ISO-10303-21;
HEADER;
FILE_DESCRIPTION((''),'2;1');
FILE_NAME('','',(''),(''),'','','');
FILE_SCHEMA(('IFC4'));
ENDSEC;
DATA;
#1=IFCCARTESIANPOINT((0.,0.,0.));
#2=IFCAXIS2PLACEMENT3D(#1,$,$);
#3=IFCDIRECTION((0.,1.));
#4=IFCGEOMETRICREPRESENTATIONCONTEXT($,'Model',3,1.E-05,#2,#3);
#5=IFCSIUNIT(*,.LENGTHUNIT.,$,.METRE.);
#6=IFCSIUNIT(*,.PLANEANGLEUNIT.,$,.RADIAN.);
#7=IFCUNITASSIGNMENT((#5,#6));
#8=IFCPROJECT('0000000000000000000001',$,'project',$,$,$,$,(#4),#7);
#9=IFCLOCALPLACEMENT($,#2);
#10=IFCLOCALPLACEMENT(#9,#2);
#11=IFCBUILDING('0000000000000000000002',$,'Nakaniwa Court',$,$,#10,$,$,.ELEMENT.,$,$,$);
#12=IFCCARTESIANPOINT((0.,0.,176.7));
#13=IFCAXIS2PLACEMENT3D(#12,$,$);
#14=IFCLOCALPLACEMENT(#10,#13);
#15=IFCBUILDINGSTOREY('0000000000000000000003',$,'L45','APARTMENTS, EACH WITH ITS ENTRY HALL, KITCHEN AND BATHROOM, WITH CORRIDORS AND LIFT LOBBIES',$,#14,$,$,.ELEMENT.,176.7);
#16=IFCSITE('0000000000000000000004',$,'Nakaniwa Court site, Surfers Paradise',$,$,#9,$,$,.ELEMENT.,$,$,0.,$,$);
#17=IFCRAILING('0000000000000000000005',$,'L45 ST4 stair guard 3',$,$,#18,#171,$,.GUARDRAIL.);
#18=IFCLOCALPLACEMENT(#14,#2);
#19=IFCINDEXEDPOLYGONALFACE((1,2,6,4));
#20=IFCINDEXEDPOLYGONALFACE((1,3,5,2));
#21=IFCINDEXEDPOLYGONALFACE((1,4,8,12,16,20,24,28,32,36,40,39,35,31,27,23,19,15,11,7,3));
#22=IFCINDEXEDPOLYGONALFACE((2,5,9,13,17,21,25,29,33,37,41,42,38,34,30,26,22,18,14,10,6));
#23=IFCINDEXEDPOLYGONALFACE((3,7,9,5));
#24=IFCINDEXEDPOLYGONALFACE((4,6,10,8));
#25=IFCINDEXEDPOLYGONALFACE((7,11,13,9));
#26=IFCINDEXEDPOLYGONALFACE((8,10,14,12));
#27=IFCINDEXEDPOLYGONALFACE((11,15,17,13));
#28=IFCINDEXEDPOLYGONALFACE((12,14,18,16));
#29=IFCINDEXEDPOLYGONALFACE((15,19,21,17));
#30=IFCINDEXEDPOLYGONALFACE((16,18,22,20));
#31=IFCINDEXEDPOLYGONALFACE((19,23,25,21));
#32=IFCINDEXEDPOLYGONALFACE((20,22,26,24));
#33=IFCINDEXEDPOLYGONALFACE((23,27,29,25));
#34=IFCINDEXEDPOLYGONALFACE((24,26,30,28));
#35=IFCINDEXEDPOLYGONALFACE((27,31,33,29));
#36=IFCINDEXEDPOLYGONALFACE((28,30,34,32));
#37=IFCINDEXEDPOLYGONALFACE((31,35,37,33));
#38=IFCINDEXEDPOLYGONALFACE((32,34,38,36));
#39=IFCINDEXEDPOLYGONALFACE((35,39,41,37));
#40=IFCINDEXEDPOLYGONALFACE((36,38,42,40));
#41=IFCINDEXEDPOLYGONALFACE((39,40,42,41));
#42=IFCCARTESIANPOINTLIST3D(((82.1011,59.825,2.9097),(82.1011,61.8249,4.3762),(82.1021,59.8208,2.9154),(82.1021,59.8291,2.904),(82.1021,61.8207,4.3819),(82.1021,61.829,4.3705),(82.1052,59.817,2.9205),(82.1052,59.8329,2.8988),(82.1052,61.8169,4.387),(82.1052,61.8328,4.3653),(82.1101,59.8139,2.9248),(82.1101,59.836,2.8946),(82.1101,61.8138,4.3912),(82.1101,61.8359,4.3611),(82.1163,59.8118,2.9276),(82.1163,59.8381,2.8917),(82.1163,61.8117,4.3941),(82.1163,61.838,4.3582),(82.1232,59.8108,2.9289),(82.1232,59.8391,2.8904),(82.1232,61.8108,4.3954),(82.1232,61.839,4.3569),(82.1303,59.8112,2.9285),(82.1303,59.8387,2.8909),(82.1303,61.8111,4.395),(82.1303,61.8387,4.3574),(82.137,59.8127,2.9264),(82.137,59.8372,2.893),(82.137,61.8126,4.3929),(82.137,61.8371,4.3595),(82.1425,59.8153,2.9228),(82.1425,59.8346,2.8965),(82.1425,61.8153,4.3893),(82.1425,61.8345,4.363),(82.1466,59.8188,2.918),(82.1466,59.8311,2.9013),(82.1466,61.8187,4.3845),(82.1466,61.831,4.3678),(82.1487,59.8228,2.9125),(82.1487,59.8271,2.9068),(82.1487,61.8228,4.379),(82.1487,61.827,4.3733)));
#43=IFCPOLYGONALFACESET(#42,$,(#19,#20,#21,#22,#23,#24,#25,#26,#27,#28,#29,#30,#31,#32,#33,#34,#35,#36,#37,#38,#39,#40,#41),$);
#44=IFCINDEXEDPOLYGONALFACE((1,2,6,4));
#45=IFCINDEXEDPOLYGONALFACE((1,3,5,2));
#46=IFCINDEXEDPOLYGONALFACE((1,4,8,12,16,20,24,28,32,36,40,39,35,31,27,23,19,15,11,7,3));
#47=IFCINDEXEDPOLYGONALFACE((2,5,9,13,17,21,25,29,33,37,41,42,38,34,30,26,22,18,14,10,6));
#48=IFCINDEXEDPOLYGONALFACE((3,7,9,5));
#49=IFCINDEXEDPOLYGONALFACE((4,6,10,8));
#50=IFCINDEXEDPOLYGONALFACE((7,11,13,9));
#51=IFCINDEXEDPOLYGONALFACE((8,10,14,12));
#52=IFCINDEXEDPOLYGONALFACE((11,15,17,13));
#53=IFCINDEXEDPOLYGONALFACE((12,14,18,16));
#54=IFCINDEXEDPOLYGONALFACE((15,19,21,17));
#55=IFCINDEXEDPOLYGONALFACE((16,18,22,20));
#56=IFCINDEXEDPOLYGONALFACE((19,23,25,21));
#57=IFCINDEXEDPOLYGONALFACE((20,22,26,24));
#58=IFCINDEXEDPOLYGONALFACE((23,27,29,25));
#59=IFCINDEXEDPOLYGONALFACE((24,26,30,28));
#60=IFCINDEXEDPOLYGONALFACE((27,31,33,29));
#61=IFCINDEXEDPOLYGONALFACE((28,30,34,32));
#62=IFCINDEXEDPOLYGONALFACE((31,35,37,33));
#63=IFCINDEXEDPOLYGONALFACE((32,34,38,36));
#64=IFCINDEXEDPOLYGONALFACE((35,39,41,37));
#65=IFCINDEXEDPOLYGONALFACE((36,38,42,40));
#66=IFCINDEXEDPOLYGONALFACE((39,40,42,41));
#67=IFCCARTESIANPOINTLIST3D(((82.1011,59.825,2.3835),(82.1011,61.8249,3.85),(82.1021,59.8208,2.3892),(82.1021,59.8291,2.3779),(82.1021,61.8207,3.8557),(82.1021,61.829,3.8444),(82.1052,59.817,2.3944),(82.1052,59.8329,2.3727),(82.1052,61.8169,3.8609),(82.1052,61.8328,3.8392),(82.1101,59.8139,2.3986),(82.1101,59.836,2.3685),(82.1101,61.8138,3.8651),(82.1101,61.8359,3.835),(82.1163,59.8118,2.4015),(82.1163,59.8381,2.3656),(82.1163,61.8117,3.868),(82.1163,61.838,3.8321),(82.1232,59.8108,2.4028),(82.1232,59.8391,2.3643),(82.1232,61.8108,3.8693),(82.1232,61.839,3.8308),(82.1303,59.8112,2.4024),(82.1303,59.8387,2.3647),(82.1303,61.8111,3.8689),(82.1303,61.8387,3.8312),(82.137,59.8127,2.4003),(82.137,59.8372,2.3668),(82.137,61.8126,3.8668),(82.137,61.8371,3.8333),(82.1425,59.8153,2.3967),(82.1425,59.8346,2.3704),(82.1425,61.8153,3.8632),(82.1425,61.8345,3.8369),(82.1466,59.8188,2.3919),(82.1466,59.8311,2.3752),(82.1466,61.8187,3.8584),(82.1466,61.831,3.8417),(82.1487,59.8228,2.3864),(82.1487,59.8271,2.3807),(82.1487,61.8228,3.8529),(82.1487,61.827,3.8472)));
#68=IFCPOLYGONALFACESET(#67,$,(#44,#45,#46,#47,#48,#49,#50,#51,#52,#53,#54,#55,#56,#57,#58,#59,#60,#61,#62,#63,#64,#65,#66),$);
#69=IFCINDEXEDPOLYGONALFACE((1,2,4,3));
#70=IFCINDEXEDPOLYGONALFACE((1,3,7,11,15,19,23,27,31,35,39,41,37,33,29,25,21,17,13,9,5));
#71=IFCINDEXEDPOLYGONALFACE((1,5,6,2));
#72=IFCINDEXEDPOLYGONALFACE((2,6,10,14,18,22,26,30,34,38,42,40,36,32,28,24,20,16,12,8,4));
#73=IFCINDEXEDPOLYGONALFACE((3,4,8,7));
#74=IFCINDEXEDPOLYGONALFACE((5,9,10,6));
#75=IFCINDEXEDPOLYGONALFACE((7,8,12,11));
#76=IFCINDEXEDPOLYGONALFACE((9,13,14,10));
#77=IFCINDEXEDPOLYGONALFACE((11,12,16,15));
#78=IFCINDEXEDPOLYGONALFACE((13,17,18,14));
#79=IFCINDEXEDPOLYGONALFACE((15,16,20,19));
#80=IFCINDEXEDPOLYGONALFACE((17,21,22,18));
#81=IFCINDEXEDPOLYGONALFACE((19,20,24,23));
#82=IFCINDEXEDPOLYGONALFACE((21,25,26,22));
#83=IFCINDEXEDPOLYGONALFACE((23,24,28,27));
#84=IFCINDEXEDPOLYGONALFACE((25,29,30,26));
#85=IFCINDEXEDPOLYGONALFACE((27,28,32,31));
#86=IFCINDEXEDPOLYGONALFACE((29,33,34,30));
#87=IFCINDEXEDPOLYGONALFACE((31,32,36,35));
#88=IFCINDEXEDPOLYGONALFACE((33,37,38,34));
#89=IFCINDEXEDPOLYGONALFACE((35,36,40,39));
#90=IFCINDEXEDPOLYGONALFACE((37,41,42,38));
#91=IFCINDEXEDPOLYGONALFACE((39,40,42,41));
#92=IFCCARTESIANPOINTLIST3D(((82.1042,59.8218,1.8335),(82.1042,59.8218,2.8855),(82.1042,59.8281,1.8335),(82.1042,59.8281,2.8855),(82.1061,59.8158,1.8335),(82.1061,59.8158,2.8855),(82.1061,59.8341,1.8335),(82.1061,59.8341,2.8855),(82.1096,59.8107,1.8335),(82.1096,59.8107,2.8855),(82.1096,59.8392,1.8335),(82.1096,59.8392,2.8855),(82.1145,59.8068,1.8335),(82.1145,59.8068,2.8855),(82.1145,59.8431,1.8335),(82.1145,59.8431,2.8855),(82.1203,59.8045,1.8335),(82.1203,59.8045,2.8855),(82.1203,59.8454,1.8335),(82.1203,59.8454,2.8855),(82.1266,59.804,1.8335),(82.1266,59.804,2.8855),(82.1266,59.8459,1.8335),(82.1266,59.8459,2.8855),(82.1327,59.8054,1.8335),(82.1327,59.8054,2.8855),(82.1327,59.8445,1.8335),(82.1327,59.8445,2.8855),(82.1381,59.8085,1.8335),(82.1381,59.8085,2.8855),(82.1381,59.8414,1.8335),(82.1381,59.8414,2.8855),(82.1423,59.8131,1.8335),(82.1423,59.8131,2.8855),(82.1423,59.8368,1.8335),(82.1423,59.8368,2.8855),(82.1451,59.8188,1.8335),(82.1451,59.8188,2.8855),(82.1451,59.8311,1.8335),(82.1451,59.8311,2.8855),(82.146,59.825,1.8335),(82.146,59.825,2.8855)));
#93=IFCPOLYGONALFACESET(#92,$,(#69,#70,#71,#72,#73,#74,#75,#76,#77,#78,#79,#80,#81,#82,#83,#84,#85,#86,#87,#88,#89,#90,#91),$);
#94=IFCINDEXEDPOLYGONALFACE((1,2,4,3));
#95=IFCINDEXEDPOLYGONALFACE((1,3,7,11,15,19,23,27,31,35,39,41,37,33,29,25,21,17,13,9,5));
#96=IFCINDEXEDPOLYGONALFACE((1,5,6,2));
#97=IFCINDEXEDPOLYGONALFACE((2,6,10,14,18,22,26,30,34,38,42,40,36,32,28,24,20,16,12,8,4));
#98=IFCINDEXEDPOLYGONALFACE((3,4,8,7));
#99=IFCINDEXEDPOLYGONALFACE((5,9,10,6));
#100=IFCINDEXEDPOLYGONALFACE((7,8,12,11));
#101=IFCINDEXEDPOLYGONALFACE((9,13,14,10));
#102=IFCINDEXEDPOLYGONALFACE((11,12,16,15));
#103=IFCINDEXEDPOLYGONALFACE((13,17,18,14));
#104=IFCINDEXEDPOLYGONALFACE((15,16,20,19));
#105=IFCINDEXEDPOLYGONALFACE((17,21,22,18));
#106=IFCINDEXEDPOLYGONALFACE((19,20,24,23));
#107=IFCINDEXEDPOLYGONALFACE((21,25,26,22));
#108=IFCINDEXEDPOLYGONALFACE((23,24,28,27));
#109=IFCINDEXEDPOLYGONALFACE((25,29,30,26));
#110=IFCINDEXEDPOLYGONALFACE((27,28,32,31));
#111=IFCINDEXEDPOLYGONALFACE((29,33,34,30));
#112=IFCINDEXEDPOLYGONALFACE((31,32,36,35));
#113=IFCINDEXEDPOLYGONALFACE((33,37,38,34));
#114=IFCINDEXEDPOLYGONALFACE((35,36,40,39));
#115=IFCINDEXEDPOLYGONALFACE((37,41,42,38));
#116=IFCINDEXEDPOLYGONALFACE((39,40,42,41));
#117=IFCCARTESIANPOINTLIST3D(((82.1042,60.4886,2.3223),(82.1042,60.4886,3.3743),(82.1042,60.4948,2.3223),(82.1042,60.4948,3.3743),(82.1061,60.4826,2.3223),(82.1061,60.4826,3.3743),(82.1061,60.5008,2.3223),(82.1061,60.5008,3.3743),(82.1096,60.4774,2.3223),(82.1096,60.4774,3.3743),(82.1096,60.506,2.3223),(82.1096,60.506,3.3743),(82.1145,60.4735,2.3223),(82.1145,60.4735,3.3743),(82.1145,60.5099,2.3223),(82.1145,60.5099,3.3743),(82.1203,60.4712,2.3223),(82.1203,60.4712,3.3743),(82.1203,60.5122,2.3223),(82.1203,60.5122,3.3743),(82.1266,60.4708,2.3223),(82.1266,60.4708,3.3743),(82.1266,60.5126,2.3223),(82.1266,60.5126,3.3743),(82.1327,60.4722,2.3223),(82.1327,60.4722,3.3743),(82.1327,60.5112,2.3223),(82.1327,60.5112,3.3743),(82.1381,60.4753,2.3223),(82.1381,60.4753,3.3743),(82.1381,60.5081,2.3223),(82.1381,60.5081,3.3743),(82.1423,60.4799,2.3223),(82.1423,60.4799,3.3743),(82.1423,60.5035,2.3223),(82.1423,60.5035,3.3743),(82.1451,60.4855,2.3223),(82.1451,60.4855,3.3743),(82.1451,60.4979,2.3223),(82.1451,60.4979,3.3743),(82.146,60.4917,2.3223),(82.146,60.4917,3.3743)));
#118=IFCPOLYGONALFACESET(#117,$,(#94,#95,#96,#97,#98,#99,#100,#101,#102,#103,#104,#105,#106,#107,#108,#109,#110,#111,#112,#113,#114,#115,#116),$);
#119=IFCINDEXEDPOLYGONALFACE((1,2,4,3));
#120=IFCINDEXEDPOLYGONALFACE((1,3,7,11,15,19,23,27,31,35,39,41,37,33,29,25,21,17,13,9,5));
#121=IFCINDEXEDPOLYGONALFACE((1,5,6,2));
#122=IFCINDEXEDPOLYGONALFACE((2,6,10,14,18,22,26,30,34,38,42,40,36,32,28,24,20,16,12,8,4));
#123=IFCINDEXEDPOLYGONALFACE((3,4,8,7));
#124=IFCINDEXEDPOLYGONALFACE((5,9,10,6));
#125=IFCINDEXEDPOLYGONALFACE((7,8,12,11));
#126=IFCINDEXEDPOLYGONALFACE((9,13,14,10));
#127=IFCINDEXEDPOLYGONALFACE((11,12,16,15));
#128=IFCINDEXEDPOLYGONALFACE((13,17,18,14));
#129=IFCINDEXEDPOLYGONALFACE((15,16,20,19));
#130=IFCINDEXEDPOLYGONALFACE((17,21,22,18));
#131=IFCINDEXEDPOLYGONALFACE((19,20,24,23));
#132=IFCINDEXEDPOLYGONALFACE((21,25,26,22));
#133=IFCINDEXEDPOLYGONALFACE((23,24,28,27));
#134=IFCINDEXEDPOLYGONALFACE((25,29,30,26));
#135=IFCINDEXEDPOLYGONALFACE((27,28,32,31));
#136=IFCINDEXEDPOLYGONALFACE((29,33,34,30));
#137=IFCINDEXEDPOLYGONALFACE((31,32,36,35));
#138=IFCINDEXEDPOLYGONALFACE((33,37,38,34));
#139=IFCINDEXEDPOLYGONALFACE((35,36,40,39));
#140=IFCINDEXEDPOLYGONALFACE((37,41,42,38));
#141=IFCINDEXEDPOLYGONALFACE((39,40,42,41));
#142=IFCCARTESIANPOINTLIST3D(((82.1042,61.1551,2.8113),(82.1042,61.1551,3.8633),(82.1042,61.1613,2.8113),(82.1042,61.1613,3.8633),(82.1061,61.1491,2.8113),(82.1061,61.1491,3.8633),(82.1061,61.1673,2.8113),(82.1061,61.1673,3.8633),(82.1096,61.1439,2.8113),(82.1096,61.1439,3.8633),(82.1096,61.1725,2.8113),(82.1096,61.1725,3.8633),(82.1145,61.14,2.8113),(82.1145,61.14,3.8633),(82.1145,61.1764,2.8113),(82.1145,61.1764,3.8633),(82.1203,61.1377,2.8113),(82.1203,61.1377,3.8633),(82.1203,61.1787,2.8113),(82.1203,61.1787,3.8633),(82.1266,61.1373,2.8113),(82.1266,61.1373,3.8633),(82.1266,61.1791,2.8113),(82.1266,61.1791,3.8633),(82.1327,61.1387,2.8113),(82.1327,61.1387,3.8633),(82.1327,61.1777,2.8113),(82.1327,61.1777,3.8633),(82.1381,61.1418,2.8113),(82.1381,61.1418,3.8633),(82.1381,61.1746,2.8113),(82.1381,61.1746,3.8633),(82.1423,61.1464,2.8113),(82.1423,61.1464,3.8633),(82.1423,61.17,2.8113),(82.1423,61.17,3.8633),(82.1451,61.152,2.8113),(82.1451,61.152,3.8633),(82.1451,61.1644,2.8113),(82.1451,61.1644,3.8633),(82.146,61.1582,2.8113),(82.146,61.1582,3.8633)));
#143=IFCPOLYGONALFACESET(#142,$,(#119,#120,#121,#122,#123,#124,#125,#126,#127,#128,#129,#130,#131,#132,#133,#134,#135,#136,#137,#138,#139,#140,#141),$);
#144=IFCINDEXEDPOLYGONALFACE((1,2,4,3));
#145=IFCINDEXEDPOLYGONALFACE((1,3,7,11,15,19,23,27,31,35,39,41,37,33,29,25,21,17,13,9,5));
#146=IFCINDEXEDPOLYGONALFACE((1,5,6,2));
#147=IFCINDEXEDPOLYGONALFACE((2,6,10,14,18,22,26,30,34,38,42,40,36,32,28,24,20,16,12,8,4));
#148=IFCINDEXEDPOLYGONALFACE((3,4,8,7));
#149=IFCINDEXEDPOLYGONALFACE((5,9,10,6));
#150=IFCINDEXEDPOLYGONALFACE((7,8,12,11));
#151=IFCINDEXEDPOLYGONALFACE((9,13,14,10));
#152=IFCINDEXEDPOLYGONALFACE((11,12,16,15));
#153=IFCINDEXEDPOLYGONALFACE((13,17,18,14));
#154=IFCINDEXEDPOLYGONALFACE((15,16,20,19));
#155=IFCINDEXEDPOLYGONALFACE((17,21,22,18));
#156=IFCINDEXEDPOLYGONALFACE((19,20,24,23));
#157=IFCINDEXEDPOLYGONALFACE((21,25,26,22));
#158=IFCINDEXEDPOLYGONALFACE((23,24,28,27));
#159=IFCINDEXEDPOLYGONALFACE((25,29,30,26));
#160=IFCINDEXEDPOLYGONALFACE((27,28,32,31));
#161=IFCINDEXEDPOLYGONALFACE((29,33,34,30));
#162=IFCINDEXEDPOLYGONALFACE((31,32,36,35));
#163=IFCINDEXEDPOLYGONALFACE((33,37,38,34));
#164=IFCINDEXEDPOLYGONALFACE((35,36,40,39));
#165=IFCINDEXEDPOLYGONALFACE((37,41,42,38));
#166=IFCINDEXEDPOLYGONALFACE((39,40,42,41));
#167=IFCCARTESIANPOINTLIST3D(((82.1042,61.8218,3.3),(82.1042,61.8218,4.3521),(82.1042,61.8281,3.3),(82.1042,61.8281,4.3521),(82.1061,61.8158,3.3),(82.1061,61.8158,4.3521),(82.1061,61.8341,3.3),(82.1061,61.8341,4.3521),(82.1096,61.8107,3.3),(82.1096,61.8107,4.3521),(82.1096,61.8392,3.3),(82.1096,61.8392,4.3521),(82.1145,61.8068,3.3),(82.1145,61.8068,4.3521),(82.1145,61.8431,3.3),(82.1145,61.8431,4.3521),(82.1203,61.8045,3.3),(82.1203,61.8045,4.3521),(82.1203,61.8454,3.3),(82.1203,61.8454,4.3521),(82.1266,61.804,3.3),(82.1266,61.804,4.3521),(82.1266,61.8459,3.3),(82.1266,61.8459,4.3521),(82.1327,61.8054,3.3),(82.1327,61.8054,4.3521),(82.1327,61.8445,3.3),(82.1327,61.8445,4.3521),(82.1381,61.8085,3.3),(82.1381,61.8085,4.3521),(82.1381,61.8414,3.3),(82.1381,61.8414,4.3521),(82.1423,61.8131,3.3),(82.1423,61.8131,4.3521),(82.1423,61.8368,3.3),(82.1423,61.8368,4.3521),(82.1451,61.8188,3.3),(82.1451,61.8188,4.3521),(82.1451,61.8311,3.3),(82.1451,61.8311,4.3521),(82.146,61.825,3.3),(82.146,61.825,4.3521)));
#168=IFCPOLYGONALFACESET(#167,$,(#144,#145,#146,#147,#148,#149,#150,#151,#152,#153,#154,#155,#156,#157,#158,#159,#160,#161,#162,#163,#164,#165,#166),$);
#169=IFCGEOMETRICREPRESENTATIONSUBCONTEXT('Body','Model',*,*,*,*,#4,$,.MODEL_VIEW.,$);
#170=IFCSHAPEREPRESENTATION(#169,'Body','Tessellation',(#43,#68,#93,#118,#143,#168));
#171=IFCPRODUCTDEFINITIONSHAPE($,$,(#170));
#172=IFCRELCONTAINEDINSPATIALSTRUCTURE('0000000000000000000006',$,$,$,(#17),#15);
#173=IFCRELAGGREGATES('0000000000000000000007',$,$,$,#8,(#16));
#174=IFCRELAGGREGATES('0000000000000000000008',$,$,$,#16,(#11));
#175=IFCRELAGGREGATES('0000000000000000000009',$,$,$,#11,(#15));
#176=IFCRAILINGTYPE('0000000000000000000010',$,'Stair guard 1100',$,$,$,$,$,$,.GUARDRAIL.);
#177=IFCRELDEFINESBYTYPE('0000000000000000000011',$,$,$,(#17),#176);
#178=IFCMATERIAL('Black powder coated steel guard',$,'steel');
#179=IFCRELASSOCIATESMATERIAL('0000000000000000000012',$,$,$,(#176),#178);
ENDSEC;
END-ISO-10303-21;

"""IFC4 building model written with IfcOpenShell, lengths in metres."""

from ifc_helpers import new_model, si_unit, direction, frame, origin, origin_2d, place, context, subcontext, project, spatial, circle, extrude, material, type_object, element, save


model = new_model("IFC4")

# Units and contexts
model_context = context("Model", 3, precision=1e-05, world=origin(), true_north=direction((0.0, 1.0)))
body_context = subcontext(model_context, "Body", "Model", "MODEL_VIEW")
ifc_project = project(units=[si_unit("LENGTHUNIT", "METRE"), si_unit("PLANEANGLEUNIT", "RADIAN")], contexts=[model_context])

# Site, building, storey
site_placement = place(None, origin())
site = spatial("IfcSite", under=ifc_project, at=site_placement, Name="Nakaniwa Court site, Surfers Paradise", CompositionType="ELEMENT", RefElevation=0.0)
building_placement = place(site_placement, origin())
building = spatial("IfcBuilding", under=site, at=building_placement, Name="Nakaniwa Court", CompositionType="ELEMENT")
storey_placement = place(building_placement, frame((0.0, 0.0, 176.7)))
storey = spatial("IfcBuildingStorey", under=building, at=storey_placement, Name="L45", Description="APARTMENTS, EACH WITH ITS ENTRY HALL, KITCHEN AND BATHROOM, WITH CORRIDORS AND LIFT LOBBIES", CompositionType="ELEMENT", Elevation=176.7)

# Railing
ifc_material_1 = material(Name="Black powder coated steel guard", Category="steel")
railing_type_1 = type_object("IfcRailingType", Name="Stair guard 1100", PredefinedType="GUARDRAIL", material=ifc_material_1)
railing_1_placement = place(storey_placement, frame((82.125, 59.825, 1.8335)))
element("IfcRailing", 1, at=railing_1_placement, inside=storey, type_object=railing_type_1, Name="L45 ST4 stair guard 3", PredefinedType="GUARDRAIL", context=body_context, shape_type="SweptSolid", body=[
    extrude(circle(Radius=0.0239, at=origin_2d()), frame((0.0, 0.0, 1.0762), z_axis=(0.0, 0.806427, 0.591334), x_axis=(-1.0, 0.0, 0.0)), (0.0, 0.0, 1.0), 2.48),
    extrude(circle(Radius=0.0239, at=origin_2d()), frame((0.0, 0.0, 0.55), z_axis=(0.0, 0.806427, 0.591334), x_axis=(-1.0, 0.0, 0.0)), (0.0, 0.0, 1.0), 2.48),
    extrude(circle(Radius=0.021, at=origin_2d()), origin(), (0.0, 0.0, 1.0), 1.052),
    extrude(circle(Radius=0.021, at=origin_2d()), frame((0.0, 0.6667, 0.4888)), (0.0, 0.0, 1.0), 1.052),
    extrude(circle(Radius=0.021, at=origin_2d()), frame((0.0, 1.3333, 0.9778)), (0.0, 0.0, 1.0), 1.052),
    extrude(circle(Radius=0.021, at=origin_2d()), frame((0.0, 2.0, 1.4666)), (0.0, 0.0, 1.0), 1.052),
])

save(model, "model.ifc")
